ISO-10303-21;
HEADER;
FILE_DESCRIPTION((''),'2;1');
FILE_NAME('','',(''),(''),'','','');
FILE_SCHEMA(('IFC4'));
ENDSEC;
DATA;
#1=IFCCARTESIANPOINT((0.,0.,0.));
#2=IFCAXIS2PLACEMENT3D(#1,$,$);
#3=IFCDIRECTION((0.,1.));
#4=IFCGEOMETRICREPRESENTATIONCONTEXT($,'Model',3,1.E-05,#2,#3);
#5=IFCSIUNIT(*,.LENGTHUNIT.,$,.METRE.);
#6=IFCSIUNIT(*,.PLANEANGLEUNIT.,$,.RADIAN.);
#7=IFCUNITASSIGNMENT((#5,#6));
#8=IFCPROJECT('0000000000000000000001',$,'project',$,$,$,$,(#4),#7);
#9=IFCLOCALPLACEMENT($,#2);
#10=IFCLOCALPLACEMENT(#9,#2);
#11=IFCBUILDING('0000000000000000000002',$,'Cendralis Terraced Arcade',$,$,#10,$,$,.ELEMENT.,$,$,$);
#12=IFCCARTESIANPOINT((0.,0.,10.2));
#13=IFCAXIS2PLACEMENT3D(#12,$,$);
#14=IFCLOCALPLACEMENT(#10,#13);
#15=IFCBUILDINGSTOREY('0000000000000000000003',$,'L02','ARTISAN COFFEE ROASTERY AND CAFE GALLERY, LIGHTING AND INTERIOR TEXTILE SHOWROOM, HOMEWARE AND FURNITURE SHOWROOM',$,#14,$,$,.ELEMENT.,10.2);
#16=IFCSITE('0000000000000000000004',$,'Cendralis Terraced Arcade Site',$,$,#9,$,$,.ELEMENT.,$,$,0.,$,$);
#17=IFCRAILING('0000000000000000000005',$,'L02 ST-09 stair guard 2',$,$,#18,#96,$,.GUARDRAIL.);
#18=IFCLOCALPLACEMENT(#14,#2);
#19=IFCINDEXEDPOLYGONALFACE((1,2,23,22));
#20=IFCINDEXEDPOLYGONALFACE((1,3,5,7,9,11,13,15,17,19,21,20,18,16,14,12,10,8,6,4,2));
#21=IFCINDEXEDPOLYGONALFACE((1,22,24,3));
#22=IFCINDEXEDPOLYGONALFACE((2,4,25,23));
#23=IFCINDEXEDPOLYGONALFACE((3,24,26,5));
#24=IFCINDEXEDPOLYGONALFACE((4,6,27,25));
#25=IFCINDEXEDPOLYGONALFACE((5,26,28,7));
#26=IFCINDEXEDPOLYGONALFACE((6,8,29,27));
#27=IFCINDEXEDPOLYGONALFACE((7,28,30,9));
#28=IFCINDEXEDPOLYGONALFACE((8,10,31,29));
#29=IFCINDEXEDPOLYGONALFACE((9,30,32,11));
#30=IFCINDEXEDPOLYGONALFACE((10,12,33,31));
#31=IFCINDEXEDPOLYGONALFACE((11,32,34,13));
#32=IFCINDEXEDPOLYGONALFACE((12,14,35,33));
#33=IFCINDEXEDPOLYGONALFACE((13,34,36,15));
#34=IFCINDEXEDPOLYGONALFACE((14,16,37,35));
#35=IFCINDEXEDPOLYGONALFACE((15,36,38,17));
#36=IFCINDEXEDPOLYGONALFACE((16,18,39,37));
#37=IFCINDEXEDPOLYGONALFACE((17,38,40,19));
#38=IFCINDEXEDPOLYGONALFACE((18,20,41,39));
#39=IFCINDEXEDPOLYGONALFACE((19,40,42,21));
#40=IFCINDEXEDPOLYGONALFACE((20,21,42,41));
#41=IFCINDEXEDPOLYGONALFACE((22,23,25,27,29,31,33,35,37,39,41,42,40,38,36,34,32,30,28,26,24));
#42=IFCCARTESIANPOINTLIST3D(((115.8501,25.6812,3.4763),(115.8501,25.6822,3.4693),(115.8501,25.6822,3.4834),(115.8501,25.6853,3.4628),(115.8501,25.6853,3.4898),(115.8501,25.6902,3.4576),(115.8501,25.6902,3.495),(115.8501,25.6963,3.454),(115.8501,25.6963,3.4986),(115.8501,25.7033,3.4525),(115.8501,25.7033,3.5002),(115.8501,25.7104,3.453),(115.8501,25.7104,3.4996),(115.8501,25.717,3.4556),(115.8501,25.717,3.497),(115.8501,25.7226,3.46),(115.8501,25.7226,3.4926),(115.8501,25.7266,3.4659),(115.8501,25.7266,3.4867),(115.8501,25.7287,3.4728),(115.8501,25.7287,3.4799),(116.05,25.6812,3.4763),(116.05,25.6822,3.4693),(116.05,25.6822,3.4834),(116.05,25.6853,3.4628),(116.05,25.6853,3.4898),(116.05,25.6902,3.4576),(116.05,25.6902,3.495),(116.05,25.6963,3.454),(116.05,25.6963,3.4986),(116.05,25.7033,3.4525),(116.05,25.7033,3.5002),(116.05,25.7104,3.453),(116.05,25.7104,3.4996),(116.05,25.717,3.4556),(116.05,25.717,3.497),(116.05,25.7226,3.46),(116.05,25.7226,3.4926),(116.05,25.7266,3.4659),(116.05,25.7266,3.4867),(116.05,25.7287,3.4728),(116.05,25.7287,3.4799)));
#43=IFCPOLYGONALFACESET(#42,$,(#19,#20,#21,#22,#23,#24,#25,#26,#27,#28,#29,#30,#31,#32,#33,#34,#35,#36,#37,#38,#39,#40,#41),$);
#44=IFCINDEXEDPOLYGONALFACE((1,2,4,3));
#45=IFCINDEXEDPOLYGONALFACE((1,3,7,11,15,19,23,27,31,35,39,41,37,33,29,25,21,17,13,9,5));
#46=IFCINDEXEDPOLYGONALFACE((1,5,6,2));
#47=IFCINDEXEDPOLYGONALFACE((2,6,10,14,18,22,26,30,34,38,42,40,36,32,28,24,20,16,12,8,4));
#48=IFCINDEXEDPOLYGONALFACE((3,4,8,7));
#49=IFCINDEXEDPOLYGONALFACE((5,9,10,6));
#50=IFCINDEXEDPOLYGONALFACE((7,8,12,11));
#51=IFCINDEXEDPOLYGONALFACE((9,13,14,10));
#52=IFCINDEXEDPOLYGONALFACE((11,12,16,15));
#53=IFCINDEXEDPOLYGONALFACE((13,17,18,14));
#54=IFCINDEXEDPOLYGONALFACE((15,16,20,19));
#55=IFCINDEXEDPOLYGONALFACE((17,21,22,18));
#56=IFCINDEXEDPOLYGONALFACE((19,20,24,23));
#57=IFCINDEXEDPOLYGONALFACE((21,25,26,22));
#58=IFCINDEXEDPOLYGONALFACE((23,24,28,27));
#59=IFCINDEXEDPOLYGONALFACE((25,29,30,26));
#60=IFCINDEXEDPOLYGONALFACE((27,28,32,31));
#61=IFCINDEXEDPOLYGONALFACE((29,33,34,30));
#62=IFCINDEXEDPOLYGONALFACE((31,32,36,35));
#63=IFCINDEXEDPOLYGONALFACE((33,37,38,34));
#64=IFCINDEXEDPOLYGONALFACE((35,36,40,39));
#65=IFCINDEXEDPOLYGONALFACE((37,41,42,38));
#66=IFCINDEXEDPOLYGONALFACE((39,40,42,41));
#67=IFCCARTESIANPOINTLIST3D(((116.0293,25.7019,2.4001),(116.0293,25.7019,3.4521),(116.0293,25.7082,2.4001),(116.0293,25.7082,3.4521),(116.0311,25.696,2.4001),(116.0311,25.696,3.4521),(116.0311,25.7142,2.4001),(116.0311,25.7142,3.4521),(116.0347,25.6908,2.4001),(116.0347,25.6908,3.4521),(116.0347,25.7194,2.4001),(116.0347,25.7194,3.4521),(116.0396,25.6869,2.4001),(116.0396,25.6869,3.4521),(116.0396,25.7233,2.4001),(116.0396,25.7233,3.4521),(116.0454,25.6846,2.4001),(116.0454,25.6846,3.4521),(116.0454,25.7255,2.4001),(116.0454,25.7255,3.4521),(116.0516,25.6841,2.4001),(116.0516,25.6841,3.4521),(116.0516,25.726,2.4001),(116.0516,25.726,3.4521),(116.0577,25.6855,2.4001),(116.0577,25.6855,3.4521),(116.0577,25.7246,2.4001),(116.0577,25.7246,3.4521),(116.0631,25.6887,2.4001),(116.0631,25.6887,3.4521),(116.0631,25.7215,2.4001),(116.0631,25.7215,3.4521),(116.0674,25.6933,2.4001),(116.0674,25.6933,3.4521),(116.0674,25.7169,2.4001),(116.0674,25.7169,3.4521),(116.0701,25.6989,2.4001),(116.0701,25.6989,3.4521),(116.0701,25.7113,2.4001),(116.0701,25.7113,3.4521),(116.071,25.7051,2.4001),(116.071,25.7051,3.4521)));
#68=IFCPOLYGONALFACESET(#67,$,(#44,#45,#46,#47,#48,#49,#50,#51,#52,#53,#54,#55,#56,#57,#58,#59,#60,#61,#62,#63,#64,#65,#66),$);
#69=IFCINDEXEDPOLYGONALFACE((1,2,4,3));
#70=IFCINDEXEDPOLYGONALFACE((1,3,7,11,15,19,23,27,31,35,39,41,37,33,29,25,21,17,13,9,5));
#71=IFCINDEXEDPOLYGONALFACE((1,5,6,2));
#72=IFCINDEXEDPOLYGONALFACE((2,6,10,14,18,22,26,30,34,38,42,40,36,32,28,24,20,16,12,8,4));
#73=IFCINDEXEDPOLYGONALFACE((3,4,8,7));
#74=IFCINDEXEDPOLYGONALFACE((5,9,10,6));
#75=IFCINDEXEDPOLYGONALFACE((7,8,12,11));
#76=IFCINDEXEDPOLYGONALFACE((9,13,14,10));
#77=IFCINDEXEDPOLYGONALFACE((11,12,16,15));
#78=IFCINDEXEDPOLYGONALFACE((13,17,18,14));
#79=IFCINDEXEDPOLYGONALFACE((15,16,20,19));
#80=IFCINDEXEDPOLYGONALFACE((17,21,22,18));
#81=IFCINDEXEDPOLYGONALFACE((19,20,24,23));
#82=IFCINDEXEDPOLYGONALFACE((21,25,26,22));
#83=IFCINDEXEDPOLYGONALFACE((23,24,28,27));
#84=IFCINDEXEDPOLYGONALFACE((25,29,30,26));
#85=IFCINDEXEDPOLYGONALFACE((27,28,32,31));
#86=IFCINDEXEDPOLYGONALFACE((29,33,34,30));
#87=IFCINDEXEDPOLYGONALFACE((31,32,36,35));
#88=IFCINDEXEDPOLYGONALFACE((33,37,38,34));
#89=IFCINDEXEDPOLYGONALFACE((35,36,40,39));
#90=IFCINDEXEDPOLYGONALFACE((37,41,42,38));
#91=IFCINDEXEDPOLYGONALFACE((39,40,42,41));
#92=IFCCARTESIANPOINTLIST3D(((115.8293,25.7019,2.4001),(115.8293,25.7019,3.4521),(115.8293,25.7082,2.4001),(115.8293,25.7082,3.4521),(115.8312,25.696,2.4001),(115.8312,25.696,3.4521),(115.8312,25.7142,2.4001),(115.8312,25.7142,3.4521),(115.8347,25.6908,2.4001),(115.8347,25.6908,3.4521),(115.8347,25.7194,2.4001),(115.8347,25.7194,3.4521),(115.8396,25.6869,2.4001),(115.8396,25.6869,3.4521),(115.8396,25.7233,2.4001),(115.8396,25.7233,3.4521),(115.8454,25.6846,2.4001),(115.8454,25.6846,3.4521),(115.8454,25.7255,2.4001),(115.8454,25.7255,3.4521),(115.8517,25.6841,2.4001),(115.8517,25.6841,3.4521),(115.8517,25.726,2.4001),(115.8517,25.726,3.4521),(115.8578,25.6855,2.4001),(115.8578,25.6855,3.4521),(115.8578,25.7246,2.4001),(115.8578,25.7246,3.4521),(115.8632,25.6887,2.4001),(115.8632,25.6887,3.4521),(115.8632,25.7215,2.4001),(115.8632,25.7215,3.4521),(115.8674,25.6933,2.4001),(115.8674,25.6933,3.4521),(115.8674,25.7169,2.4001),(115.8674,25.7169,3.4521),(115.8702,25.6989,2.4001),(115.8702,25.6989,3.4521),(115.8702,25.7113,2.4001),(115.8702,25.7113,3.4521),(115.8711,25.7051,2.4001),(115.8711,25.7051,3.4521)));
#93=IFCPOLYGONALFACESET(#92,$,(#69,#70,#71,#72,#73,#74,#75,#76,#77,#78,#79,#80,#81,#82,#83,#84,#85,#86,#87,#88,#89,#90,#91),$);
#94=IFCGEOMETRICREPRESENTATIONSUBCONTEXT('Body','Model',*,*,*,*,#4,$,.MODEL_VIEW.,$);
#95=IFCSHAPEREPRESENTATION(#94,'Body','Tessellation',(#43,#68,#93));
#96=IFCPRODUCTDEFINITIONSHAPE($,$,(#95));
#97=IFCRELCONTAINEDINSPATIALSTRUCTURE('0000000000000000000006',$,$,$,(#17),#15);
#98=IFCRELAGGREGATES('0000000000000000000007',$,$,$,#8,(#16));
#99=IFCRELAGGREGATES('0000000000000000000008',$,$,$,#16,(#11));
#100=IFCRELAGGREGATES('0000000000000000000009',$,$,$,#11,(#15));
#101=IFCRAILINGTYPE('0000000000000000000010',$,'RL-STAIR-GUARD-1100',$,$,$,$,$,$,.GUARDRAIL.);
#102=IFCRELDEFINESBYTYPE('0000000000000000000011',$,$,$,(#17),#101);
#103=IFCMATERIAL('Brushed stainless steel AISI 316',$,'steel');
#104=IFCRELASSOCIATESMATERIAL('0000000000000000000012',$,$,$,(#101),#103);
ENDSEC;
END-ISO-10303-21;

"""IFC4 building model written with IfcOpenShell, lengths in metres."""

from ifc_helpers import new_model, si_unit, direction, frame, origin, origin_2d, place, context, subcontext, project, spatial, circle, extrude, material, type_object, element, save


model = new_model("IFC4")

# Units and contexts
model_context = context("Model", 3, precision=1e-05, world=origin(), true_north=direction((0.0, 1.0)))
body_context = subcontext(model_context, "Body", "Model", "MODEL_VIEW")
ifc_project = project(units=[si_unit("LENGTHUNIT", "METRE"), si_unit("PLANEANGLEUNIT", "RADIAN")], contexts=[model_context])

# Site, building, storey
site_placement = place(None, origin())
site = spatial("IfcSite", under=ifc_project, at=site_placement, Name="Cendralis Terraced Arcade Site", CompositionType="ELEMENT", RefElevation=0.0)
building_placement = place(site_placement, origin())
building = spatial("IfcBuilding", under=site, at=building_placement, Name="Cendralis Terraced Arcade", CompositionType="ELEMENT")
storey_placement = place(building_placement, frame((0.0, 0.0, 10.2)))
storey = spatial("IfcBuildingStorey", under=building, at=storey_placement, Name="L02", Description="ARTISAN COFFEE ROASTERY AND CAFE GALLERY, LIGHTING AND INTERIOR TEXTILE SHOWROOM, HOMEWARE AND FURNITURE SHOWROOM", CompositionType="ELEMENT", Elevation=10.2)

# Railing
ifc_material_1 = material(Name="Brushed stainless steel AISI 316", Category="steel")
railing_type_1 = type_object("IfcRailingType", Name="RL-STAIR-GUARD-1100", PredefinedType="GUARDRAIL", material=ifc_material_1)
railing_1_placement = place(storey_placement, frame((116.05, 25.7051, 2.4001)))
element("IfcRailing", 1, at=railing_1_placement, inside=storey, type_object=railing_type_1, Name="L02 ST-09 stair guard 2", PredefinedType="GUARDRAIL", context=body_context, shape_type="SweptSolid", body=[
    extrude(circle(Radius=0.0239, at=origin_2d()), frame((0.0, 0.0, 1.0762), z_axis=(-1.0, 0.0, 0.0), x_axis=(0.0, -1.0, 0.0)), (0.0, 0.0, 1.0), 0.2),
    extrude(circle(Radius=0.021, at=origin_2d()), origin(), (0.0, 0.0, 1.0), 1.052),
    extrude(circle(Radius=0.021, at=origin_2d()), frame((-0.2, 0.0, 0.0)), (0.0, 0.0, 1.0), 1.052),
])

save(model, "model.ifc")
